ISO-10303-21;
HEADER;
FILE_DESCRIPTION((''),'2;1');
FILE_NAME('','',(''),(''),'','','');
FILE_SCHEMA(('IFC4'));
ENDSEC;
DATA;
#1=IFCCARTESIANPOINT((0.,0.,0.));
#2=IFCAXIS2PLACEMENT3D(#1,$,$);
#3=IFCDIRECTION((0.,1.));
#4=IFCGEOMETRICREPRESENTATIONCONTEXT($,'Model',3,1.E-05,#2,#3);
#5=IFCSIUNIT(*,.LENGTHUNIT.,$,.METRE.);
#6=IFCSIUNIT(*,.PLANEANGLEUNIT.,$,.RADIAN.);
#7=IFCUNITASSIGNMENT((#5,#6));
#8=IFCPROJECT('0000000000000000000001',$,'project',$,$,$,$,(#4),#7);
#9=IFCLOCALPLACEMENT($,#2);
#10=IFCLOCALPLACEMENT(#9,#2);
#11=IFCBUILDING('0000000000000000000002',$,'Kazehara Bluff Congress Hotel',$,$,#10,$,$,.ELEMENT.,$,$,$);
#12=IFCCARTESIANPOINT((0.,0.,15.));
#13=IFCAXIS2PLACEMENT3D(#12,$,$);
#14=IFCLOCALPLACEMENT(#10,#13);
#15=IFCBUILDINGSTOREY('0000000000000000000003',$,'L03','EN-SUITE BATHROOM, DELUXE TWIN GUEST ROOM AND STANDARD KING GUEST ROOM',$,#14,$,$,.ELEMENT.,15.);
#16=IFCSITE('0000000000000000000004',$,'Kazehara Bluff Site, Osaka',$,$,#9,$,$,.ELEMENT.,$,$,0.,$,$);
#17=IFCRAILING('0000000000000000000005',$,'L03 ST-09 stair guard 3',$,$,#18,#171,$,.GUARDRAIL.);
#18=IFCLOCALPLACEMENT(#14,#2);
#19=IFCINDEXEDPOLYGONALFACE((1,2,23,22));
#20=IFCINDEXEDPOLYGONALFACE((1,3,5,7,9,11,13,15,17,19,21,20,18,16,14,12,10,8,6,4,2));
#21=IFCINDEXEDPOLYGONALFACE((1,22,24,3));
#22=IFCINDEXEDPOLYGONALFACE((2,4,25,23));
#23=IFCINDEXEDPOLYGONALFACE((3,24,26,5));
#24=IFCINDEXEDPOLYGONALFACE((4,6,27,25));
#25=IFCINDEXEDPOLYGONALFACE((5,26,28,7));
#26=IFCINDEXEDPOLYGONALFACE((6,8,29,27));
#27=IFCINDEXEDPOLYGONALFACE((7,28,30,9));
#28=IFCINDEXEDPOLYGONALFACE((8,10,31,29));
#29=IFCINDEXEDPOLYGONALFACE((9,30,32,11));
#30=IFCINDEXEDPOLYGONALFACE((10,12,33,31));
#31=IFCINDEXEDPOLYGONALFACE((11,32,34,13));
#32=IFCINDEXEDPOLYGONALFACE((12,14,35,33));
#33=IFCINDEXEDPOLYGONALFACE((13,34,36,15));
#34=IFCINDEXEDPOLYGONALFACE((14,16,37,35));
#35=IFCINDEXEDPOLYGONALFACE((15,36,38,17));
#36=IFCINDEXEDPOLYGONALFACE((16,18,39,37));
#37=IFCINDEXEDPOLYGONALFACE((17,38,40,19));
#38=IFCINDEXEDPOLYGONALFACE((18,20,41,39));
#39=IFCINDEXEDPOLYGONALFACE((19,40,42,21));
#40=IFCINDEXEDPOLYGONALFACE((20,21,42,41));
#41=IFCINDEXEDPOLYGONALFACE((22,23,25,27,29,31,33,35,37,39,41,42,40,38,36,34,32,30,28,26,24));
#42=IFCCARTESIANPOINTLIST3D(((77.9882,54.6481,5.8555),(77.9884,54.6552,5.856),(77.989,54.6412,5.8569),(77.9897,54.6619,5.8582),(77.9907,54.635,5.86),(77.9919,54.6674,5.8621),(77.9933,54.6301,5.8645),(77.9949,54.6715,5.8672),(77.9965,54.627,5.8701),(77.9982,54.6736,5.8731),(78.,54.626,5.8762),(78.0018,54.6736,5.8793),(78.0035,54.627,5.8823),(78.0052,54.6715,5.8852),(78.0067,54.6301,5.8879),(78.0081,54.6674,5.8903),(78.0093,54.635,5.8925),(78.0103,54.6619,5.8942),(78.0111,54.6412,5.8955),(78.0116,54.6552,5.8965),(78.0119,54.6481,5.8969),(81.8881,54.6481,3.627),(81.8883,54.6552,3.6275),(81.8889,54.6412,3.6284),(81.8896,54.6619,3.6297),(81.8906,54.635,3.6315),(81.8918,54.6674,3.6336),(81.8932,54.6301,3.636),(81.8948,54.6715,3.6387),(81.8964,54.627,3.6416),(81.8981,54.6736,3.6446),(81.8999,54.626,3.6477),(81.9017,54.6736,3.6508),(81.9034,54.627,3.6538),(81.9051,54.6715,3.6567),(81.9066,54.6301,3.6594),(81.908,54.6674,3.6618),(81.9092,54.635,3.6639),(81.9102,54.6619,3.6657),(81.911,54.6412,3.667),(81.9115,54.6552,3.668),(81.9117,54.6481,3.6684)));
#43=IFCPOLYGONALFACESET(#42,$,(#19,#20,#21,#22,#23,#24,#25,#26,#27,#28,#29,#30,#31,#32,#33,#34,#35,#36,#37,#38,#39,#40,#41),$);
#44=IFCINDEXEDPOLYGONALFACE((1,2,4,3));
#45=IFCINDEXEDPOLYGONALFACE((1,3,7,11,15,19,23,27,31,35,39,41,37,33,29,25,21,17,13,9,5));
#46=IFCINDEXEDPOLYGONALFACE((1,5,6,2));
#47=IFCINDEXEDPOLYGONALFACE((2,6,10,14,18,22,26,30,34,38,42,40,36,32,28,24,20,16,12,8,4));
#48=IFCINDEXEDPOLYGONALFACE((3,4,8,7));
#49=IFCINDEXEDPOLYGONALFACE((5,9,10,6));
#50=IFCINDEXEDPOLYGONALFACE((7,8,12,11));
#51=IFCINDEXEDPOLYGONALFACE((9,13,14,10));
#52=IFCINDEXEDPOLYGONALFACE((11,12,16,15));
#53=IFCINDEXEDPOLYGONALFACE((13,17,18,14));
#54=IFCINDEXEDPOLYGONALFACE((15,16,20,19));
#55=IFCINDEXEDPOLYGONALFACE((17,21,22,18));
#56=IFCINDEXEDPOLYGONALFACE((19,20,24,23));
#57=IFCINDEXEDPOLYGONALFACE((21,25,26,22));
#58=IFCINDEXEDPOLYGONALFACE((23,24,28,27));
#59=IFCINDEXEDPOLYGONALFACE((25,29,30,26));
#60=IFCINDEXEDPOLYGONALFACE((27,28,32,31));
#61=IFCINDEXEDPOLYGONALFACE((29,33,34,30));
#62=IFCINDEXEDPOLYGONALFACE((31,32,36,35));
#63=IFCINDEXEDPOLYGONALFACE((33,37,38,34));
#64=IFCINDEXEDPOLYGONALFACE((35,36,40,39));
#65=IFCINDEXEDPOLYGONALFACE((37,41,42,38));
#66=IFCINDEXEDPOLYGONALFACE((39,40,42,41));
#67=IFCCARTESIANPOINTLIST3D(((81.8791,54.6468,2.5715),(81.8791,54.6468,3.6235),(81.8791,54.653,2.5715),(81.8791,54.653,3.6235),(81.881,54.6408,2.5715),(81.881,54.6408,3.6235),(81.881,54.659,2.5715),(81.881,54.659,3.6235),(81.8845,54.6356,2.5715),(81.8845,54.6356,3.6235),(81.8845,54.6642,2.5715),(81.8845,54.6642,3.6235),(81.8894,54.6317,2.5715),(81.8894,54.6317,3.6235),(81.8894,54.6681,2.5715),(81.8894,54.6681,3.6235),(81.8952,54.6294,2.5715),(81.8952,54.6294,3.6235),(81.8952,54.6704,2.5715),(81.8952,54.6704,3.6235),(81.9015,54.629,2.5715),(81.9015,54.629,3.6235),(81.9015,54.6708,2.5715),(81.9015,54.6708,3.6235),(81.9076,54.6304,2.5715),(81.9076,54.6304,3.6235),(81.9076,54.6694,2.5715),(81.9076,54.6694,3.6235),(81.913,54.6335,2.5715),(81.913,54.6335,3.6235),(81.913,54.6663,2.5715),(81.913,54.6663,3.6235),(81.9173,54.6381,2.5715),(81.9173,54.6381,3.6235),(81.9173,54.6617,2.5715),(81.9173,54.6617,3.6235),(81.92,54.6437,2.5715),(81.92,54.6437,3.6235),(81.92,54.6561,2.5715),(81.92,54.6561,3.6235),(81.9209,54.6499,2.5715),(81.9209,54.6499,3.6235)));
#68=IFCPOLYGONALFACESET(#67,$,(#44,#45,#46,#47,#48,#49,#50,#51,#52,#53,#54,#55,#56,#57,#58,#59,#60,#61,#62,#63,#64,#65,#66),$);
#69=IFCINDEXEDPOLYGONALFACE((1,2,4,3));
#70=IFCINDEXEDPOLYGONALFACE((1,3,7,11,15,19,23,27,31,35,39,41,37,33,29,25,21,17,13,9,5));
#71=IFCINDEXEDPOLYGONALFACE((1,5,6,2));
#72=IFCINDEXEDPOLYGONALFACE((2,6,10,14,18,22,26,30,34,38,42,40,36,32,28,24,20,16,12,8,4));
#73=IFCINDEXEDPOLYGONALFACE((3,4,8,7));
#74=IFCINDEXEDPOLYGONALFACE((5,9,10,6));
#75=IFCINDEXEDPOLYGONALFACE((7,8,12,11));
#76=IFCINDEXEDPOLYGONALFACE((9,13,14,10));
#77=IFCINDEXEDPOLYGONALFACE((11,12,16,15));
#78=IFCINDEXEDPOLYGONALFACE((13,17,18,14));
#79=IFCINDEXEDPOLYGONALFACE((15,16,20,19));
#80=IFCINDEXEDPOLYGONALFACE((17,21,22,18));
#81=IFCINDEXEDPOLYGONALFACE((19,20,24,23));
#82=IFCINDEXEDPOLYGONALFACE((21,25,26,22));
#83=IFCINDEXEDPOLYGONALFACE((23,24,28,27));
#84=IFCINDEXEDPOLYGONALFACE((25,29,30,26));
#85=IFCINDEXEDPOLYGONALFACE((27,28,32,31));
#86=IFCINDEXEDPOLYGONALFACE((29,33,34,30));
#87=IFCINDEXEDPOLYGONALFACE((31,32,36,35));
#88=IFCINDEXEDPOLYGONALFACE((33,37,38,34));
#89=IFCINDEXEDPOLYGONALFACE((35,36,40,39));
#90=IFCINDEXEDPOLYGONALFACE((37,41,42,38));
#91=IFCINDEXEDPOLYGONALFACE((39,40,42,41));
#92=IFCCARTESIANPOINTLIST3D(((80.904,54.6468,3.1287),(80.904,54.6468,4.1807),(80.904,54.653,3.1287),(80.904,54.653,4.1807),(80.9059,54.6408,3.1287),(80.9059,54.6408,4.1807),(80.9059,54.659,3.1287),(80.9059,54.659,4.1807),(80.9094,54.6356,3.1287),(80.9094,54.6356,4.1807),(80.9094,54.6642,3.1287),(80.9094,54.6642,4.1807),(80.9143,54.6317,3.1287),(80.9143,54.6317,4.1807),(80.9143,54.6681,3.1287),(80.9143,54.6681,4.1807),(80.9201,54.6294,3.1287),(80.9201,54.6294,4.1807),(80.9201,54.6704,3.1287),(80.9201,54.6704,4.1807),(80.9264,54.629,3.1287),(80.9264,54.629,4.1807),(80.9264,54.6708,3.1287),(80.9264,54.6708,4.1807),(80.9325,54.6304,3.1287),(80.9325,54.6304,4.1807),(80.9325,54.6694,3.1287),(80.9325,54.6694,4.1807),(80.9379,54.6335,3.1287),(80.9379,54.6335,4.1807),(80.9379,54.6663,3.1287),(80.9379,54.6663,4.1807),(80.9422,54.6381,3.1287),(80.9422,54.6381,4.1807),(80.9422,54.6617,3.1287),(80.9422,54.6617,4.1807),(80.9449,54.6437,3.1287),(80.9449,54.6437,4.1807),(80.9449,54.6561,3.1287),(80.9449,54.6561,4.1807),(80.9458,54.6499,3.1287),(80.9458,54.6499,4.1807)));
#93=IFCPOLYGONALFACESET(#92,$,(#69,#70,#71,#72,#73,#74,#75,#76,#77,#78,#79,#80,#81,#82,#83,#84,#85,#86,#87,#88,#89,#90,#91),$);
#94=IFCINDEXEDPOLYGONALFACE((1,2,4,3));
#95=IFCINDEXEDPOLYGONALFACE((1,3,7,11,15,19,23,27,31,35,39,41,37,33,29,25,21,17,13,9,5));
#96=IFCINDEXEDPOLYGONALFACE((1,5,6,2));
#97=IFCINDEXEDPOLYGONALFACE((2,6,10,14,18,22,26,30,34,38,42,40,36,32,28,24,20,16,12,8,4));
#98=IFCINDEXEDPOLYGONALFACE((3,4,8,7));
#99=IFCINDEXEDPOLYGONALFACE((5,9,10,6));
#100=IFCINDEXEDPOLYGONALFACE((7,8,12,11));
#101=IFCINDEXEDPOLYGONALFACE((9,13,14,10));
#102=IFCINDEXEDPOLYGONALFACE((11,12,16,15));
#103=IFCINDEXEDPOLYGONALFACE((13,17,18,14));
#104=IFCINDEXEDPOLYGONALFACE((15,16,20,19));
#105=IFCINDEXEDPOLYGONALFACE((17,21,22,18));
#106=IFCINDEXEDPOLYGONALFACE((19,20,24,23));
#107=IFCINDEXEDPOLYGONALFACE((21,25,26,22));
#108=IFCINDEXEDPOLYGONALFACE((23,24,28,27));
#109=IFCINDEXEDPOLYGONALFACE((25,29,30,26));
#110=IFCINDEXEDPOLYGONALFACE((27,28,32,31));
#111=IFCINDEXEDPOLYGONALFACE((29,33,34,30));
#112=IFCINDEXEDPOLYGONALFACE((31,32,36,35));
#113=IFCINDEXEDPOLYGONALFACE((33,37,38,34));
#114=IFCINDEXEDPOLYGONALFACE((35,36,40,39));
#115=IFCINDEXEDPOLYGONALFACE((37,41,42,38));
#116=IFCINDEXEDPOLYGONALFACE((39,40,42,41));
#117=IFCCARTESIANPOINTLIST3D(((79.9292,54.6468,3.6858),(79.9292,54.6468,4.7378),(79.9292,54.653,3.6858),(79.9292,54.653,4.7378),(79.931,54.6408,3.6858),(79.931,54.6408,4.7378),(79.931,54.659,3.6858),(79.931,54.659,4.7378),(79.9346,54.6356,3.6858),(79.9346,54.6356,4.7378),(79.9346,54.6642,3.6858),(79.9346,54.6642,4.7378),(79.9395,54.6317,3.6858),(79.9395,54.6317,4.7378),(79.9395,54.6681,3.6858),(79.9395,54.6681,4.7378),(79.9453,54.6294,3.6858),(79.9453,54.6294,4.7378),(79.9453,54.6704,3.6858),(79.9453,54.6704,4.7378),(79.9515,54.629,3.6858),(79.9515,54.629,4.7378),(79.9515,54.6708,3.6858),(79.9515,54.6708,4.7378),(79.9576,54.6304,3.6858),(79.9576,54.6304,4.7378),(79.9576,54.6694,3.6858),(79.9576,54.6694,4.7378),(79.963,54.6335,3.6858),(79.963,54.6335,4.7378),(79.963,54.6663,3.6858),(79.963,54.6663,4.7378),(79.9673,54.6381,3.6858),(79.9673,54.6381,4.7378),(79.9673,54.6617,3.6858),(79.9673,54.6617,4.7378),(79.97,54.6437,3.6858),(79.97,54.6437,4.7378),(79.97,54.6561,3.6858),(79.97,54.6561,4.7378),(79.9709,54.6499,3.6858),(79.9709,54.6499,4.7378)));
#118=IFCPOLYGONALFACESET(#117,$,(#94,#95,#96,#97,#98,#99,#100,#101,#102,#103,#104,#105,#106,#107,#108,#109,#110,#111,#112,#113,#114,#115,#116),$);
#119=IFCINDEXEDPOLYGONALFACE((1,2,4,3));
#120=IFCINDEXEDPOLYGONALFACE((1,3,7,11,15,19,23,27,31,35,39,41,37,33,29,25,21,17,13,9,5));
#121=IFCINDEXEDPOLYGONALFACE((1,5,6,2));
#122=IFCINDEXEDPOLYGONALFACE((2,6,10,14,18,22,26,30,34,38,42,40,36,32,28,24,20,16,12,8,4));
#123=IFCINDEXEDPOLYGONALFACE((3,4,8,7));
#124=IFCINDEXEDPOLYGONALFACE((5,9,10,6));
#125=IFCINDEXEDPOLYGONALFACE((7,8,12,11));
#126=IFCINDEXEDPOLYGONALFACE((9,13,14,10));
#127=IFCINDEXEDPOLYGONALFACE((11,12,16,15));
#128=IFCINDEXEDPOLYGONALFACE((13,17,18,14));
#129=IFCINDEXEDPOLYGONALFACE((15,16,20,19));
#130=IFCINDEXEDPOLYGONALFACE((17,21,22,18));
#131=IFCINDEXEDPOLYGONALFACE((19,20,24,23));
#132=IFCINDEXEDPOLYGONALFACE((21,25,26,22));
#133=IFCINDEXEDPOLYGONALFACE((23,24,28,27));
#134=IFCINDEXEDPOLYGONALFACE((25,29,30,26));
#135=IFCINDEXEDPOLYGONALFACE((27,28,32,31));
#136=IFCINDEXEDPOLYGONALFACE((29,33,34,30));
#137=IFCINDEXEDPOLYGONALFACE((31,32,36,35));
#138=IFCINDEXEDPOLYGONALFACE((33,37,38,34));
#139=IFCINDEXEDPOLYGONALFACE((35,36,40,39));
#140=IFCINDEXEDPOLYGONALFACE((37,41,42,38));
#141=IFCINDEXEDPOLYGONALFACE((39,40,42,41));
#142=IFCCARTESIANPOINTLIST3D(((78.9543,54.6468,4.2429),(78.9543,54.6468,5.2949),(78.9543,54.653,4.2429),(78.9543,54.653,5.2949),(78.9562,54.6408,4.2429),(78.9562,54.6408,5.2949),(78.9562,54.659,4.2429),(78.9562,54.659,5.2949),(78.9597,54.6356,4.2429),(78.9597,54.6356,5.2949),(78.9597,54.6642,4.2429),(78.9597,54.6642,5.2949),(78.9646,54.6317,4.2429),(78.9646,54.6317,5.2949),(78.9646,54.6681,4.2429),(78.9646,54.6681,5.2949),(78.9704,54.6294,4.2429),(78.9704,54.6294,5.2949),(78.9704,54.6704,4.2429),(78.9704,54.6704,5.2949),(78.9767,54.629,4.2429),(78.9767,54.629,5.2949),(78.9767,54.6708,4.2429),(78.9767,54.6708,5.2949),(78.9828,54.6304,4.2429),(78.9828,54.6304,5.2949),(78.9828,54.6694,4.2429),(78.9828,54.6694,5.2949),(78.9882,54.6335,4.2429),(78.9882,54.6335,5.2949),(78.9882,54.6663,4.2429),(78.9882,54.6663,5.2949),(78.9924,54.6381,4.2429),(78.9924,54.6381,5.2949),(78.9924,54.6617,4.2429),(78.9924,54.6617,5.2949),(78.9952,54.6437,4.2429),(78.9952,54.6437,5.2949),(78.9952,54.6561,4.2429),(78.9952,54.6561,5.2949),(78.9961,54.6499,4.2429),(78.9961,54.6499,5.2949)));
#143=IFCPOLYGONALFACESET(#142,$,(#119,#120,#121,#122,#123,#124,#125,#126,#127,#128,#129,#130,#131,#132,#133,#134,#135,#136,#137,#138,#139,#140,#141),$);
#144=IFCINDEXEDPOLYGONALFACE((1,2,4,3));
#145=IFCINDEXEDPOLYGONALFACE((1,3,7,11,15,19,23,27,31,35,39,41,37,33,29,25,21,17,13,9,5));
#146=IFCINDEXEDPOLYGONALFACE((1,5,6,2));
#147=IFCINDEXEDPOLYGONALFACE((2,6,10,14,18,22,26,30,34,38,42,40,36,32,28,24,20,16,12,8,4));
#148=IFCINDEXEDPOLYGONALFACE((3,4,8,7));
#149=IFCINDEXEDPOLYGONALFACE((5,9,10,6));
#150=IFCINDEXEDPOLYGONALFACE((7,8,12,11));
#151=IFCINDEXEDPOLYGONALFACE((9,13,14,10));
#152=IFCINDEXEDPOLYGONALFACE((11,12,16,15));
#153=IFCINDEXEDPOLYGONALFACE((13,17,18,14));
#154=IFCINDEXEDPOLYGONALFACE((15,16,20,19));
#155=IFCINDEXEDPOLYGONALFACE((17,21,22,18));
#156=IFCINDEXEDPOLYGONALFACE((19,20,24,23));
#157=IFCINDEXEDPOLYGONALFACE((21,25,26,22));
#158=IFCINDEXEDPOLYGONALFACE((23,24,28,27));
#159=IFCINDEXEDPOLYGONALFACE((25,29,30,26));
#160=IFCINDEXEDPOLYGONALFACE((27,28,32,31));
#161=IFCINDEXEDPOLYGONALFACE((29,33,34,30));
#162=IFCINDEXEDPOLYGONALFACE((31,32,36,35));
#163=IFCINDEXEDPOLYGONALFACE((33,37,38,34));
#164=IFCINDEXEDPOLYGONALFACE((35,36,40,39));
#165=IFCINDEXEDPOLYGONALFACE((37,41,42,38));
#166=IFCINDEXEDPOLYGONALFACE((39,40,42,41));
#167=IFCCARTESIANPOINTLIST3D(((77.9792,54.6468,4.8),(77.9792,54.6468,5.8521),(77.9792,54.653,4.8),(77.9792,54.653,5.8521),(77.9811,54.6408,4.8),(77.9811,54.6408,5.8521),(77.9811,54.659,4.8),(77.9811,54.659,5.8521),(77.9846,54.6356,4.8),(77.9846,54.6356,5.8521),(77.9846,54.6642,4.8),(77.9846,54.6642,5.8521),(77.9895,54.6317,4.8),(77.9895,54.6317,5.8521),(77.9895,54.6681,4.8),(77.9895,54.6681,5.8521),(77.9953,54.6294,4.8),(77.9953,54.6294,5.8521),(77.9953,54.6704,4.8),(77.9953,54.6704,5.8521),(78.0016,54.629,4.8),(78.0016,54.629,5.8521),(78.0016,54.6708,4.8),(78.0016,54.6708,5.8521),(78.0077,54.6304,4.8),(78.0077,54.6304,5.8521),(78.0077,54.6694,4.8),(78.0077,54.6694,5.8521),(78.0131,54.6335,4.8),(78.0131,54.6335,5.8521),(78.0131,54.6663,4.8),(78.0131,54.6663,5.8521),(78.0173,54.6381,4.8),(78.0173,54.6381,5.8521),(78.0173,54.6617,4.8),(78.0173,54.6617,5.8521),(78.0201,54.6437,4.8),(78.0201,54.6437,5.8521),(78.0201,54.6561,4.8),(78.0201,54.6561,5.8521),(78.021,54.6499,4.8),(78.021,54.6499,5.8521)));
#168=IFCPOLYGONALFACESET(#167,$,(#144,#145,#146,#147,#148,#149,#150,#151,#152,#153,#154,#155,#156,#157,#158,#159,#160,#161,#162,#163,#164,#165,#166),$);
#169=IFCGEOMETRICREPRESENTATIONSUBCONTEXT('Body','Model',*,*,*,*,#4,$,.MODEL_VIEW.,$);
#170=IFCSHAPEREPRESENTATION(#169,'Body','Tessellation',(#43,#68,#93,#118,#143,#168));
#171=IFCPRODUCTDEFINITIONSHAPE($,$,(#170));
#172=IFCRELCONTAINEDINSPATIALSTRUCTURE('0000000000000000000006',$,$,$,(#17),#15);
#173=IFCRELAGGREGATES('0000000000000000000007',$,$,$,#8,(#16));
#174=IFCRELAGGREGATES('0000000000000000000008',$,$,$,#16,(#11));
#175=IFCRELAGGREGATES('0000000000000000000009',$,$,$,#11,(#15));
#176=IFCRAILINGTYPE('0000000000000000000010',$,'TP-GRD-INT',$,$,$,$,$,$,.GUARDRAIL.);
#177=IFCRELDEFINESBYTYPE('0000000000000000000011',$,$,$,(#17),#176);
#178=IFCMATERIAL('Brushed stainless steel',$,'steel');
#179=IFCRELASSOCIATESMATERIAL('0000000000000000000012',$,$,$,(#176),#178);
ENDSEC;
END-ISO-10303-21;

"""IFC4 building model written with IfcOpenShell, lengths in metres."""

from ifc_helpers import new_model, si_unit, direction, frame, origin, origin_2d, place, context, subcontext, project, spatial, circle, extrude, material, type_object, element, save


model = new_model("IFC4")

# Units and contexts
model_context = context("Model", 3, precision=1e-05, world=origin(), true_north=direction((0.0, 1.0)))
body_context = subcontext(model_context, "Body", "Model", "MODEL_VIEW")
ifc_project = project(units=[si_unit("LENGTHUNIT", "METRE"), si_unit("PLANEANGLEUNIT", "RADIAN")], contexts=[model_context])

# Site, building, storey
site_placement = place(None, origin())
site = spatial("IfcSite", under=ifc_project, at=site_placement, Name="Kazehara Bluff Site, Osaka", CompositionType="ELEMENT", RefElevation=0.0)
building_placement = place(site_placement, origin())
building = spatial("IfcBuilding", under=site, at=building_placement, Name="Kazehara Bluff Congress Hotel", CompositionType="ELEMENT")
storey_placement = place(building_placement, frame((0.0, 0.0, 15.0)))
storey = spatial("IfcBuildingStorey", under=building, at=storey_placement, Name="L03", Description="EN-SUITE BATHROOM, DELUXE TWIN GUEST ROOM AND STANDARD KING GUEST ROOM", CompositionType="ELEMENT", Elevation=15.0)

# Railing
ifc_material_1 = material(Name="Brushed stainless steel", Category="steel")
railing_type_1 = type_object("IfcRailingType", Name="TP-GRD-INT", PredefinedType="GUARDRAIL", material=ifc_material_1)
railing_1_placement = place(storey_placement, frame((81.8999, 54.6499, 2.5715)))
element("IfcRailing", 1, at=railing_1_placement, inside=storey, type_object=railing_type_1, Name="L03 ST-09 stair guard 3", PredefinedType="GUARDRAIL", context=body_context, shape_type="SweptSolid", body=[
    extrude(circle(Radius=0.0239, at=origin_2d()), frame((0.0, 0.0, 1.0762), z_axis=(-0.868243, 0.0, 0.496139), x_axis=(0.0, -1.0, 0.0)), (0.0, 0.0, 1.0), 4.4917),
    extrude(circle(Radius=0.021, at=origin_2d()), origin(), (0.0, 0.0, 1.0), 1.052),
    extrude(circle(Radius=0.021, at=origin_2d()), frame((-0.9751, 0.0, 0.5571)), (0.0, 0.0, 1.0), 1.052),
    extrude(circle(Radius=0.021, at=origin_2d()), frame((-1.95, 0.0, 1.1143)), (0.0, 0.0, 1.0), 1.052),
    extrude(circle(Radius=0.021, at=origin_2d()), frame((-2.9248, 0.0, 1.6714)), (0.0, 0.0, 1.0), 1.052),
    extrude(circle(Radius=0.021, at=origin_2d()), frame((-3.8999, 0.0, 2.2285)), (0.0, 0.0, 1.0), 1.052),
])

save(model, "model.ifc")
